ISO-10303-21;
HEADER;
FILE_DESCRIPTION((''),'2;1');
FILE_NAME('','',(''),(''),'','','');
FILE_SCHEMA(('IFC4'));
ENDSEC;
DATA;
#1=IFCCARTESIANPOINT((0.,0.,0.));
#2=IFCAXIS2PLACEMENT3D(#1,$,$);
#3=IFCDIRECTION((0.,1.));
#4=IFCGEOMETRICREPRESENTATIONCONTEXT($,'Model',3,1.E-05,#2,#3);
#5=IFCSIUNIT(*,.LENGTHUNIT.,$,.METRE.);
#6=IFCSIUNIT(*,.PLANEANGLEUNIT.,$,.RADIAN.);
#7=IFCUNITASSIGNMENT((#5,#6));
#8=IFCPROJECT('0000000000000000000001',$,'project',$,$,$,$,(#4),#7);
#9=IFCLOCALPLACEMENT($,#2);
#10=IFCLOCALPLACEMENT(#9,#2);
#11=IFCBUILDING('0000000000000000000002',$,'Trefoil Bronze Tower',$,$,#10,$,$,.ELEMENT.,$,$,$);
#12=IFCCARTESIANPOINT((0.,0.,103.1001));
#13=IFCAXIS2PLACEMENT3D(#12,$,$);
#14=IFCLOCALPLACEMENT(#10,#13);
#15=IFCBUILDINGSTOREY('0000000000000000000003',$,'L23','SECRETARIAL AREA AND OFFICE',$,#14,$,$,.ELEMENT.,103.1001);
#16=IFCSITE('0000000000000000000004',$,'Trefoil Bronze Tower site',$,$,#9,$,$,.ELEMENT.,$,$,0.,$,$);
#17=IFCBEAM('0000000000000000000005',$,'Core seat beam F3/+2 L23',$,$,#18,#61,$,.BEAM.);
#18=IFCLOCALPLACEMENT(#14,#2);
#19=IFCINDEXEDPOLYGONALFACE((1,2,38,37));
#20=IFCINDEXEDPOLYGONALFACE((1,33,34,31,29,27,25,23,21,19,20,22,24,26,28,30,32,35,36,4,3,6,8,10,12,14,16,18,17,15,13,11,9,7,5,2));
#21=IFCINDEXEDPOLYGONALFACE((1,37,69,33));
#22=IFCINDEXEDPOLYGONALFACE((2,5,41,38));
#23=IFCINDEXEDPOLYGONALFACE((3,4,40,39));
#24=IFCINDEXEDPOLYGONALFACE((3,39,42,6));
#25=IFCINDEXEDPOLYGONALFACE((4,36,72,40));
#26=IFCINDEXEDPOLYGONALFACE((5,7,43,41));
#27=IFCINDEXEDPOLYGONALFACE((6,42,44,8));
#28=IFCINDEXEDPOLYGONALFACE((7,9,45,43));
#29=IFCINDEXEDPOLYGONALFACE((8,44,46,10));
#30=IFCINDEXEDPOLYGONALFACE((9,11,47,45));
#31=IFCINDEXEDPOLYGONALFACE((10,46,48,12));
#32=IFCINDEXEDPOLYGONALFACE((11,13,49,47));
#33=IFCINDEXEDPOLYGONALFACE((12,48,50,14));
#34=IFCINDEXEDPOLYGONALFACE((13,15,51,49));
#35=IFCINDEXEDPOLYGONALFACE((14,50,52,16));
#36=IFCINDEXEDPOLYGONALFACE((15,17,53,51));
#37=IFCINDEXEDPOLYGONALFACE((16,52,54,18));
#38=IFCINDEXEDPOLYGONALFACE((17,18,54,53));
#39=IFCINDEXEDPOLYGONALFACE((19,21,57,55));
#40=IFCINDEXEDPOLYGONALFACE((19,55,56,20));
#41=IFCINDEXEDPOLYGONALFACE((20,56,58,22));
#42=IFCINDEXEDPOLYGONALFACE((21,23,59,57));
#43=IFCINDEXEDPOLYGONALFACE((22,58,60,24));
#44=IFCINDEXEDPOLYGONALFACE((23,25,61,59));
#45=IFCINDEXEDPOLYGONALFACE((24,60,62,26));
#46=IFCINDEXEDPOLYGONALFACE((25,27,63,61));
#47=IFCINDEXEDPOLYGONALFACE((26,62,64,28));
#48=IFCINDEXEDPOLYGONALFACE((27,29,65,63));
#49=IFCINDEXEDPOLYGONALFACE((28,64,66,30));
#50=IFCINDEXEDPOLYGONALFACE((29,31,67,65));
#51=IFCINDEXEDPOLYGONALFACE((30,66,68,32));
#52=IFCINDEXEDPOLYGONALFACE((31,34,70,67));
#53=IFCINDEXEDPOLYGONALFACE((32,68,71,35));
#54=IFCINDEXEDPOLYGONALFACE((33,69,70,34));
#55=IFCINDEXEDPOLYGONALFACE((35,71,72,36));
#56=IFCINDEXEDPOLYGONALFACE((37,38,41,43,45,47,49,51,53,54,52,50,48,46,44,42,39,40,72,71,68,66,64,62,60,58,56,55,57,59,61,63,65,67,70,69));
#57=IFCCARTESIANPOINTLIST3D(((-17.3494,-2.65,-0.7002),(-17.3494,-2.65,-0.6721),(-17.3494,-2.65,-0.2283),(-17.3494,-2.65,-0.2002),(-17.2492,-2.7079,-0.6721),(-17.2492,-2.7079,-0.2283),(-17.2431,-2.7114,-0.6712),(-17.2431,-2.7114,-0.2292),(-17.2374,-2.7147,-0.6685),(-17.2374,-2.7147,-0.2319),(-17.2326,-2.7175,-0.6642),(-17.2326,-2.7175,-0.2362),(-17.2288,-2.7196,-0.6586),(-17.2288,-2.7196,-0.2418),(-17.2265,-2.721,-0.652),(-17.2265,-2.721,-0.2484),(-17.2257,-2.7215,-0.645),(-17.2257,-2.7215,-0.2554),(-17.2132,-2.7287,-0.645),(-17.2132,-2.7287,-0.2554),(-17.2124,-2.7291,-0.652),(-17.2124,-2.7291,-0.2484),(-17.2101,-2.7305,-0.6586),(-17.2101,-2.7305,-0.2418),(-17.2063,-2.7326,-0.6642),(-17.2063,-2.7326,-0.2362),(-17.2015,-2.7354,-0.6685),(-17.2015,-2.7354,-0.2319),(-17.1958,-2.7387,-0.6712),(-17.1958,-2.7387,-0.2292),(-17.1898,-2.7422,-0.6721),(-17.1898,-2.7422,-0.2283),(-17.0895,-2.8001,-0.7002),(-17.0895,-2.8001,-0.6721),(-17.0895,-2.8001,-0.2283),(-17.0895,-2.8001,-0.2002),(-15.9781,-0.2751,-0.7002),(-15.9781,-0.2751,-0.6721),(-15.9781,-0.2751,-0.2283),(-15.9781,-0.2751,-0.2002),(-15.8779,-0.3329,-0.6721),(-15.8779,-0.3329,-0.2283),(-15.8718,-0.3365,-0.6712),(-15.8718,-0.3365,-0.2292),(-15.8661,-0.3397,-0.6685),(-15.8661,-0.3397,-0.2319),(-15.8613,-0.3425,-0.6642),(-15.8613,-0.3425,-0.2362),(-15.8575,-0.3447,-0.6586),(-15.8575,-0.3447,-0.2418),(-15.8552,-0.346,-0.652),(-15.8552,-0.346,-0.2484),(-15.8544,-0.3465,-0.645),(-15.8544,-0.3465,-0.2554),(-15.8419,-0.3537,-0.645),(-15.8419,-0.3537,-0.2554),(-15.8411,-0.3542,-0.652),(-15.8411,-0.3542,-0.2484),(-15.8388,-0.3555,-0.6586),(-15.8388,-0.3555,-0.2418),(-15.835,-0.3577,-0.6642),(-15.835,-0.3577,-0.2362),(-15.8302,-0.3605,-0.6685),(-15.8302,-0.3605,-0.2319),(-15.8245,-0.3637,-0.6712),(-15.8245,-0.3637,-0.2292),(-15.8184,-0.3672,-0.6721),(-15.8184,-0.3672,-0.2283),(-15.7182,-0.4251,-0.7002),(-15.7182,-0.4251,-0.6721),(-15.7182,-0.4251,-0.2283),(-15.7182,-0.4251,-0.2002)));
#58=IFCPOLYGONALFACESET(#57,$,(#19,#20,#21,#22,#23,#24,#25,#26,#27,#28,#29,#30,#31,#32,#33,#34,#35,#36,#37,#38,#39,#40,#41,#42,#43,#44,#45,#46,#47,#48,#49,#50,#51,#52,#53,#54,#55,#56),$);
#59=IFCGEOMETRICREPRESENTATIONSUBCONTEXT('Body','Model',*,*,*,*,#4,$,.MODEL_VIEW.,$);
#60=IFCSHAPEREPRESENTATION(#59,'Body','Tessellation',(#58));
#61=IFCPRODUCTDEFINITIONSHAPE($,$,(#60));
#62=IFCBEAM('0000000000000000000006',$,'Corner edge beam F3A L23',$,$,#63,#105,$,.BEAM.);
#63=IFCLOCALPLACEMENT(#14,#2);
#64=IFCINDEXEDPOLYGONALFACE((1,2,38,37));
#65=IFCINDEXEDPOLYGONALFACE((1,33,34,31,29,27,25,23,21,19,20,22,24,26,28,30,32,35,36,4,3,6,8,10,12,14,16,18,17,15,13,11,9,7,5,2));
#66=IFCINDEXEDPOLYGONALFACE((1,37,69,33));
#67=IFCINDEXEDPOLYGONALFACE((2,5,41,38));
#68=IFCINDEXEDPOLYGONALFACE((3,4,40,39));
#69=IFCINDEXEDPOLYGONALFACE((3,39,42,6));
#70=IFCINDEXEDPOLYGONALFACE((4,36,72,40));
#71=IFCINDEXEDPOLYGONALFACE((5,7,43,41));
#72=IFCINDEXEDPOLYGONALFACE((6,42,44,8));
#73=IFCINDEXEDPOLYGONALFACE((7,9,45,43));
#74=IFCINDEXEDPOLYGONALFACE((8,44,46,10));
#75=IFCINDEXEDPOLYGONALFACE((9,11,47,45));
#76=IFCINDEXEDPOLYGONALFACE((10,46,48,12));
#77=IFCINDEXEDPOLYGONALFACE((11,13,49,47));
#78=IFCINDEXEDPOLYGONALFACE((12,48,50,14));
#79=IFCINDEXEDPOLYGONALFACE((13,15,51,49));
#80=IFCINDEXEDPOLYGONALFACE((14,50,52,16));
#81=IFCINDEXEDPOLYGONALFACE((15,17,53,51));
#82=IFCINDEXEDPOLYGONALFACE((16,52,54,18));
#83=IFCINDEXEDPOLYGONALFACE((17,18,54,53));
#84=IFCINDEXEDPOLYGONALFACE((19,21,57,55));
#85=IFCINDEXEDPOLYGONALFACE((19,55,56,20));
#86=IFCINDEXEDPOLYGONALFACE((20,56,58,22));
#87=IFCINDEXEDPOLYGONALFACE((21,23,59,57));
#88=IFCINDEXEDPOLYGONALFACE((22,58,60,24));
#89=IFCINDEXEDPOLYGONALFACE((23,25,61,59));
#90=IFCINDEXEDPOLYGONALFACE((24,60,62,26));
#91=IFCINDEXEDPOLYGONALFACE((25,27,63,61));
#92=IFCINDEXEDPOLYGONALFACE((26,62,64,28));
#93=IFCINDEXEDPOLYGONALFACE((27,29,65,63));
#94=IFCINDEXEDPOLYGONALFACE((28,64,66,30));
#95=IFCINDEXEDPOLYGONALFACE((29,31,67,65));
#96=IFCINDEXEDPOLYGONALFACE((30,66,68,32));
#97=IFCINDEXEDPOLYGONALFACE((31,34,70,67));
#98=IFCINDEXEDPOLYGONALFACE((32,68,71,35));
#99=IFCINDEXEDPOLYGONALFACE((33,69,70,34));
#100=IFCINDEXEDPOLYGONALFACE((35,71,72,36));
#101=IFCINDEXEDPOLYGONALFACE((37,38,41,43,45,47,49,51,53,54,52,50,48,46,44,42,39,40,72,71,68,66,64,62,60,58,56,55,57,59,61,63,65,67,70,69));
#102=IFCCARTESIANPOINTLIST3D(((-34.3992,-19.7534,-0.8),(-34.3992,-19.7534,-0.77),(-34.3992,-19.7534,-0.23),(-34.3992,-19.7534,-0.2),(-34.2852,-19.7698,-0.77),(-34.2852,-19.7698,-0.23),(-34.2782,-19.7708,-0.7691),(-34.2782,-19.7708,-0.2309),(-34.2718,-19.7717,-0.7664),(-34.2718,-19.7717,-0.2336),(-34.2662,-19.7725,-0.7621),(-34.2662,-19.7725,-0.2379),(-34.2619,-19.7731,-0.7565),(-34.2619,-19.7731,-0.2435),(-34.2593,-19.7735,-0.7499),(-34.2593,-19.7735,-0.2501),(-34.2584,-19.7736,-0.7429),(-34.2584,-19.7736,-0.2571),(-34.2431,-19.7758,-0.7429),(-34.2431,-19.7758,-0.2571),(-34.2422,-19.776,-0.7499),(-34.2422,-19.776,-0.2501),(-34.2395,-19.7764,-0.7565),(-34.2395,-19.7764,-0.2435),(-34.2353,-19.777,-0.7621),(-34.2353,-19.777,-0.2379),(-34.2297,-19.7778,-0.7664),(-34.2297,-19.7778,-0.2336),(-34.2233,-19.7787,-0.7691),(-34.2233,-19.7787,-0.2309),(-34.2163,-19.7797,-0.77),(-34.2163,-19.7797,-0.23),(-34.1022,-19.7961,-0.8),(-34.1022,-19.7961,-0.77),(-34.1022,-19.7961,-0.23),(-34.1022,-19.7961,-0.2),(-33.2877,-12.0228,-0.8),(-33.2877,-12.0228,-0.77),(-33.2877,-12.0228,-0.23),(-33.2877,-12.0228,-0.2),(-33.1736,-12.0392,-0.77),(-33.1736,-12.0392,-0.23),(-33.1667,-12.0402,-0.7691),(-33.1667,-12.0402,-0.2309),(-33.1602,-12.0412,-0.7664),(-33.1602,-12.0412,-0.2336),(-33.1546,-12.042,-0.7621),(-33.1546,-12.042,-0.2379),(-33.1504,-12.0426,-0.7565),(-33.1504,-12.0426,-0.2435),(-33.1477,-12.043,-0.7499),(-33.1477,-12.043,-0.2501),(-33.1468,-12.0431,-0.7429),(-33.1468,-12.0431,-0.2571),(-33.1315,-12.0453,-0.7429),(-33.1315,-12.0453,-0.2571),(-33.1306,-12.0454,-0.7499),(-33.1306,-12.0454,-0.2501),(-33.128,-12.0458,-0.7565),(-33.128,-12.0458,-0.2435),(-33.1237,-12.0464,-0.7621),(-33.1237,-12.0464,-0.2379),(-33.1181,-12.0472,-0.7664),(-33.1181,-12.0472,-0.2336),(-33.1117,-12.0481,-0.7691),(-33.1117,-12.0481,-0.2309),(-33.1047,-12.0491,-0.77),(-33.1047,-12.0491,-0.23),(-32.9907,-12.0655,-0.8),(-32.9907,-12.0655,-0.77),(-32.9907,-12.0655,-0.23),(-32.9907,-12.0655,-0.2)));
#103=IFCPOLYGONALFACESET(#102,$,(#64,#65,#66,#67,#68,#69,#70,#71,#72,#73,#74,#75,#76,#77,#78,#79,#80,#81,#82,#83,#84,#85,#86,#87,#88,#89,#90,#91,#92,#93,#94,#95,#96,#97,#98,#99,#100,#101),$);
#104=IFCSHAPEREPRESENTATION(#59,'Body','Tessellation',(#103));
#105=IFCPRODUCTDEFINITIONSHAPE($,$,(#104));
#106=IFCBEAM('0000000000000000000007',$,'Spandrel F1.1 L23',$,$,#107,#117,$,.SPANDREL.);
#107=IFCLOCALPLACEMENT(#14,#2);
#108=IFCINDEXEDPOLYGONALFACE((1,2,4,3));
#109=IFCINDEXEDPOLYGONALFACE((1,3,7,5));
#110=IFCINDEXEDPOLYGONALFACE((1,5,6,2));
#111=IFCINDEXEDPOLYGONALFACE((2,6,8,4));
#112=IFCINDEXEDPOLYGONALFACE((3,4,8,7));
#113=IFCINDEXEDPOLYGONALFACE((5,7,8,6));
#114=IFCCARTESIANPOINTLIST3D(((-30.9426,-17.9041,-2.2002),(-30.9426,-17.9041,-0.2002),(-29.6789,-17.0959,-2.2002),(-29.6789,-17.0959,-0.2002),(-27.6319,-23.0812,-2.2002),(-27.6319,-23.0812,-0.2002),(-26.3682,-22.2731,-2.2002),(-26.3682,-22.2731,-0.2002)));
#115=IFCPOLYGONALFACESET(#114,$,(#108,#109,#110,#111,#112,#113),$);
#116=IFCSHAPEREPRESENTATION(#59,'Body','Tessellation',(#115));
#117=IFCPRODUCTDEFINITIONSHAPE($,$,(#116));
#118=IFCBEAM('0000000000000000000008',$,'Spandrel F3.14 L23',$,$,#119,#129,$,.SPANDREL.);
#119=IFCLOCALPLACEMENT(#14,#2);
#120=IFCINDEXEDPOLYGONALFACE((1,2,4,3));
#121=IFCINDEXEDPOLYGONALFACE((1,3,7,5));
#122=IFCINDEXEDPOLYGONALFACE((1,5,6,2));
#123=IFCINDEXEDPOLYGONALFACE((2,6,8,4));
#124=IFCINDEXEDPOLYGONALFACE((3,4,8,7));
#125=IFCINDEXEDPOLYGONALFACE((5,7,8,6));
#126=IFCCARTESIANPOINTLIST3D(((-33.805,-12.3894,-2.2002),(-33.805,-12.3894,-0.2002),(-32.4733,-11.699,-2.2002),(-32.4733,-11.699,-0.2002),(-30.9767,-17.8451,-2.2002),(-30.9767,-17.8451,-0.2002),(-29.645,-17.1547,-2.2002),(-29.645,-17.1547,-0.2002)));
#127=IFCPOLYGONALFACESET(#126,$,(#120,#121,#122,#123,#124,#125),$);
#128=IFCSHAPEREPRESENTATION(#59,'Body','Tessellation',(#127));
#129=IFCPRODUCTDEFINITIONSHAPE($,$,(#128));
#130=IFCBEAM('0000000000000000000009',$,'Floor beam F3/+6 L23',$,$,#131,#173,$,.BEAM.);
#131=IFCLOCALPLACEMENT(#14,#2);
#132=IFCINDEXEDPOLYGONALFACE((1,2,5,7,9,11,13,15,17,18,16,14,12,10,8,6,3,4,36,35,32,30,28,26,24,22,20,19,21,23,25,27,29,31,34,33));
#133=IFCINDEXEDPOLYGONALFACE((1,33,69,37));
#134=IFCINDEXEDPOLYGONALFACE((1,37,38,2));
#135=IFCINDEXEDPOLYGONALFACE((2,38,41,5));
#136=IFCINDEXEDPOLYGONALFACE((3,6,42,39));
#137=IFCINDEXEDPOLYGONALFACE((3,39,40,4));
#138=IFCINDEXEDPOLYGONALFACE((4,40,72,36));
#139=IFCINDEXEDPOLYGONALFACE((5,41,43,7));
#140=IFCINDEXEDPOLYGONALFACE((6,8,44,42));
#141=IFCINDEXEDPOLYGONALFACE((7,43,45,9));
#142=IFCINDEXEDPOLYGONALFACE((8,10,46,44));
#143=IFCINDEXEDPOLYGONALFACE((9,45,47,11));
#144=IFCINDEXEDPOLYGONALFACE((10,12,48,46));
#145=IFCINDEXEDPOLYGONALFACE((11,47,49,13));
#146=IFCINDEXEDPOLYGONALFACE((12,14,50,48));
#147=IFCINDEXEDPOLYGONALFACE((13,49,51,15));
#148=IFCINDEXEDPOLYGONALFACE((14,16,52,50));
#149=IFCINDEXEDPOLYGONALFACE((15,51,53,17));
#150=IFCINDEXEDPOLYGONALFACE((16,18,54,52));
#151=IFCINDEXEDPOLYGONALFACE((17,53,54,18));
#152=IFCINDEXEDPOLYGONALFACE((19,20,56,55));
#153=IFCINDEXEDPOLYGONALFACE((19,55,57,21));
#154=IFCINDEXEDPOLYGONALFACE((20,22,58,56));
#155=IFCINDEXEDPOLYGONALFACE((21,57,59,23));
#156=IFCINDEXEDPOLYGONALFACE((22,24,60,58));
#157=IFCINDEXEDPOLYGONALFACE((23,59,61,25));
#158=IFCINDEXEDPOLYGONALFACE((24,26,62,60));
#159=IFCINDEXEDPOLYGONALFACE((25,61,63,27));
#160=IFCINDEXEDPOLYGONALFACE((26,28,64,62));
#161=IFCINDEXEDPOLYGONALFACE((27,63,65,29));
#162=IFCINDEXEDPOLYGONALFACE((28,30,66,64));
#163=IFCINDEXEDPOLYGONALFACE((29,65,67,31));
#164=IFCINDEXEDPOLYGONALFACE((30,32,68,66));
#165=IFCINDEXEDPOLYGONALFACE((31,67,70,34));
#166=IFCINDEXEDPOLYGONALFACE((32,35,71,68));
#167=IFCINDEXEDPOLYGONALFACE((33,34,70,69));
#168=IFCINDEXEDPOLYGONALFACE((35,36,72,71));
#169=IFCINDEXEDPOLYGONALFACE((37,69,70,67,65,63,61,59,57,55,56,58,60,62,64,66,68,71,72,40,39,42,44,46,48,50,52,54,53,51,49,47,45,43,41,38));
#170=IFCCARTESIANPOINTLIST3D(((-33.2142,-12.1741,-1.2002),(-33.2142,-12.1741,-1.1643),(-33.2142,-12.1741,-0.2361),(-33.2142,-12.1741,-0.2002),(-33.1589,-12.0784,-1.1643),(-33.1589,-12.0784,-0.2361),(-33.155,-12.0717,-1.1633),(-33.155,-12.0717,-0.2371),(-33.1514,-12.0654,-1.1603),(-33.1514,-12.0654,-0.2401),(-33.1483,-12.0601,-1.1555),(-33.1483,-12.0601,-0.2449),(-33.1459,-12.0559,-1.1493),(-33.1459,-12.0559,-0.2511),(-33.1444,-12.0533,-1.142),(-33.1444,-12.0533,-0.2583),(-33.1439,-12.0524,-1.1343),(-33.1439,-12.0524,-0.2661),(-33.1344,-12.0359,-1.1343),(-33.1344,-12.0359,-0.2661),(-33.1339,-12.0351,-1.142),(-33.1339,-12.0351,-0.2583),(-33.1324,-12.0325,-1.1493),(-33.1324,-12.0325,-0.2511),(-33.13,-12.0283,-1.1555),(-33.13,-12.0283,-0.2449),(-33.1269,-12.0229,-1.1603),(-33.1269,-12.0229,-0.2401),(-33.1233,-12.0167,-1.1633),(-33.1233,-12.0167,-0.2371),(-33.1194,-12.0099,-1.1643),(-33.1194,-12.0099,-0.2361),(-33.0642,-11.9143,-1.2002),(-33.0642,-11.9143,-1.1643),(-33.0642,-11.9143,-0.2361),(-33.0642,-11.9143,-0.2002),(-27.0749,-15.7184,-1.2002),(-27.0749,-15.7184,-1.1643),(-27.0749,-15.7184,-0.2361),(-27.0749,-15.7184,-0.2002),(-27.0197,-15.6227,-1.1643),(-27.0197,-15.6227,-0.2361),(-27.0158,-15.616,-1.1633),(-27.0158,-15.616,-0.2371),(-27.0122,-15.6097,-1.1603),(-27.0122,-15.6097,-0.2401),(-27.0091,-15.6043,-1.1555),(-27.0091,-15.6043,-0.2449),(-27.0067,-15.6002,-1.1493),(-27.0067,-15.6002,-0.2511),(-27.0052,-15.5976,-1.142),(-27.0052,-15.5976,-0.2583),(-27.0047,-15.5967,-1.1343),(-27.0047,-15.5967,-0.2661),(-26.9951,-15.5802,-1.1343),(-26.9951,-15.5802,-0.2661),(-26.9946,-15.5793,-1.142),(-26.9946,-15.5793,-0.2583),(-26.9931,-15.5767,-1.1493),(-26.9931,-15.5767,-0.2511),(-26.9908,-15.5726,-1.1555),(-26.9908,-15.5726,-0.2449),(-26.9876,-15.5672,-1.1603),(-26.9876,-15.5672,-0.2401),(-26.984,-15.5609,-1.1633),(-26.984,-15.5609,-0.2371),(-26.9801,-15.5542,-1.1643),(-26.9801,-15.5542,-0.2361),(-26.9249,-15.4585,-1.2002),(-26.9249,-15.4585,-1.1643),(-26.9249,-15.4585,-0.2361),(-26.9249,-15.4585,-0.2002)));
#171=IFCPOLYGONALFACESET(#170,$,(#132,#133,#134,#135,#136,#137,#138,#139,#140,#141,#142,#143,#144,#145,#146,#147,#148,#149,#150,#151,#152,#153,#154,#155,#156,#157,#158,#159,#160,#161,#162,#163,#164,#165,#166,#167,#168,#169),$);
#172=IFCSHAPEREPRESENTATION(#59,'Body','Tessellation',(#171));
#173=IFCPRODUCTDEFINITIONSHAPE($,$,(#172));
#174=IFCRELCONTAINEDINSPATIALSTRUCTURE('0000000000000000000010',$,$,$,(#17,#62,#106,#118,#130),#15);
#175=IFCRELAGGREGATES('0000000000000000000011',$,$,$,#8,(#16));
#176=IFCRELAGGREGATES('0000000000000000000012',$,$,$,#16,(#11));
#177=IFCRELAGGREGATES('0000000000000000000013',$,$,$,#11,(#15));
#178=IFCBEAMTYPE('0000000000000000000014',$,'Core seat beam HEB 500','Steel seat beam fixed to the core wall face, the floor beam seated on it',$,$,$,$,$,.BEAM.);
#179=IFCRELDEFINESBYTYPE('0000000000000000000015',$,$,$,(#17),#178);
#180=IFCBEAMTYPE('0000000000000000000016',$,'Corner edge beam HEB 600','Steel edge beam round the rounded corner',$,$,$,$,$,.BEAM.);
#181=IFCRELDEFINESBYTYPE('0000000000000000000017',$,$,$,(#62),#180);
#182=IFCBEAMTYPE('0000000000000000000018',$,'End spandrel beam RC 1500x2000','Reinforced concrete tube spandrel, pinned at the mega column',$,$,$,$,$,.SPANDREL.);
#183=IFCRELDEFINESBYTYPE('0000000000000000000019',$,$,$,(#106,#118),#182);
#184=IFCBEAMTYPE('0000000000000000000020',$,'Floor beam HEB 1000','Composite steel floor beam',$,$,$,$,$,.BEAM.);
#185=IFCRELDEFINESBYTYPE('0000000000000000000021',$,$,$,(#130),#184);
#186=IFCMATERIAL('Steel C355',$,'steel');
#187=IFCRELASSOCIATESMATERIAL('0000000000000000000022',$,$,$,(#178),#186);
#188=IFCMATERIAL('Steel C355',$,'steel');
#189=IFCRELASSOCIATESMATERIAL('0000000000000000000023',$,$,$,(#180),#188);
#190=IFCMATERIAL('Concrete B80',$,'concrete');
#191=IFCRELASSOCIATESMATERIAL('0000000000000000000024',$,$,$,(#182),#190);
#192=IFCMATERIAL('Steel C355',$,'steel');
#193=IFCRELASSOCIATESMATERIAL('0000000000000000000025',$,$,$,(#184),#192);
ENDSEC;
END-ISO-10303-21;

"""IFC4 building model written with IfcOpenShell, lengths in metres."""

from ifc_helpers import new_model, si_unit, direction, frame, origin, origin_2d, place, context, subcontext, project, spatial, rectangle, i_section, extrude, material, material_profile, profile_set, type_object, element, save


model = new_model("IFC4")

# Units and contexts
model_context = context("Model", 3, precision=1e-05, world=origin(), true_north=direction((0.0, 1.0)))
body_context = subcontext(model_context, "Body", "Model", "MODEL_VIEW")
ifc_project = project(units=[si_unit("LENGTHUNIT", "METRE"), si_unit("PLANEANGLEUNIT", "RADIAN")], contexts=[model_context])

# Site, building, storey
site_placement = place(None, origin())
site = spatial("IfcSite", under=ifc_project, at=site_placement, Name="Trefoil Bronze Tower site", CompositionType="ELEMENT", RefElevation=0.0)
building_placement = place(site_placement, origin())
building = spatial("IfcBuilding", under=site, at=building_placement, Name="Trefoil Bronze Tower", CompositionType="ELEMENT")
storey_placement = place(building_placement, frame((0.0, 0.0, 103.1001)))
storey = spatial("IfcBuildingStorey", under=building, at=storey_placement, Name="L23", Description="SECRETARIAL AREA AND OFFICE", CompositionType="ELEMENT", Elevation=103.1001)

# Beams
ifc_material_1 = material(Name="Steel C355", Category="steel")
ifc_material_profile_1 = material_profile(ifc_material_1, i_section(OverallWidth=0.3, OverallDepth=0.5, WebThickness=0.0144, FlangeThickness=0.0281, FilletRadius=0.0271, at=origin_2d()), Name="HEB 500")
ifc_profile_set_1 = profile_set([ifc_material_profile_1], Name="Steel C355")
beam_type_1 = type_object("IfcBeamType", Name="Core seat beam HEB 500", Description="Steel seat beam fixed to the core wall face, the floor beam seated on it", PredefinedType="BEAM", material=ifc_profile_set_1)
beam_1_placement = place(storey_placement, frame((-15.8481, -0.3501, -0.4502), z_axis=(-0.500036, -0.866005, 0.0), x_axis=(0.866005, -0.500036, 0.0)))
element("IfcBeam", 1, at=beam_1_placement, inside=storey, type_object=beam_type_1, Name="Core seat beam F3/+2 L23", PredefinedType="BEAM", context=body_context, shape_type="SweptSolid", body=[
    extrude(i_section(OverallWidth=0.3, OverallDepth=0.5, WebThickness=0.0144, FlangeThickness=0.0281, FilletRadius=0.0271, at=origin_2d()), origin(), (0.0, 0.0, 1.0), 2.7424),
])
ifc_material_2 = material(Name="Steel C355", Category="steel")
ifc_material_profile_2 = material_profile(ifc_material_2, i_section(OverallWidth=0.3, OverallDepth=0.6001, WebThickness=0.0154, FlangeThickness=0.03, FilletRadius=0.0271, at=origin_2d()), Name="HEB 600")
ifc_profile_set_2 = profile_set([ifc_material_profile_2], Name="Steel C355")
beam_type_2 = type_object("IfcBeamType", Name="Corner edge beam HEB 600", Description="Steel edge beam round the rounded corner", PredefinedType="BEAM", material=ifc_profile_set_2)
beam_2_placement = place(storey_placement, frame((-33.1392, -12.0442, -0.5), z_axis=(-0.142327, -0.98982, 0.0), x_axis=(0.98982, -0.142327, 0.0)))
element("IfcBeam", 2, at=beam_2_placement, inside=storey, type_object=beam_type_2, Name="Corner edge beam F3A L23", PredefinedType="BEAM", context=body_context, shape_type="SweptSolid", body=[
    extrude(i_section(OverallWidth=0.3, OverallDepth=0.6001, WebThickness=0.0154, FlangeThickness=0.03, FilletRadius=0.0271, at=origin_2d()), origin(), (0.0, 0.0, 1.0), 7.8101),
])
ifc_material_3 = material(Name="Concrete B80", Category="concrete")
ifc_material_profile_3 = material_profile(ifc_material_3, rectangle(XDim=1.5, YDim=2.0, at=origin_2d()), Name="RC 1500x2000")
ifc_profile_set_3 = profile_set([ifc_material_profile_3], Name="Concrete B80")
beam_type_3 = type_object("IfcBeamType", Name="End spandrel beam RC 1500x2000", Description="Reinforced concrete tube spandrel, pinned at the mega column", PredefinedType="SPANDREL", material=ifc_profile_set_3)
for number, where, z_axis, x_axis, name in (
    (3, (-30.3108, -17.5, -1.2002), (0.538748, -0.842467, 0.0), (0.842467, 0.538748, 0.0), "Spandrel F1.1 L23"),
    (4, (-33.1392, -12.0442, -1.2002), (0.460244, -0.887792, 0.0), (0.887792, 0.460244, 0.0), "Spandrel F3.14 L23"),
):
    element("IfcBeam", number, at=place(storey_placement, frame(where, z_axis=z_axis, x_axis=x_axis)), inside=storey, type_object=beam_type_3, Name=name, PredefinedType="SPANDREL", context=body_context, shape_type="SweptSolid", body=[
        extrude(rectangle(XDim=1.5, YDim=2.0, at=origin_2d()), origin(), (0.0, 0.0, 1.0), 6.1453),
    ])
ifc_material_4 = material(Name="Steel C355", Category="steel")
ifc_material_profile_4 = material_profile(ifc_material_4, i_section(OverallWidth=0.3, OverallDepth=1.0, WebThickness=0.019, FlangeThickness=0.0359, FilletRadius=0.03, at=origin_2d()), Name="HEB 1000")
ifc_profile_set_4 = profile_set([ifc_material_profile_4], Name="Steel C355")
beam_type_4 = type_object("IfcBeamType", Name="Floor beam HEB 1000", Description="Composite steel floor beam", PredefinedType="BEAM", material=ifc_profile_set_4)
beam_3_placement = place(storey_placement, frame((-33.1392, -12.0442, -0.7002), z_axis=(0.866041, -0.499973, 0.0), x_axis=(0.499973, 0.866041, 0.0)))
element("IfcBeam", 5, at=beam_3_placement, inside=storey, type_object=beam_type_4, Name="Floor beam F3/+6 L23", PredefinedType="BEAM", context=body_context, shape_type="SweptSolid", body=[
    extrude(i_section(OverallWidth=0.3, OverallDepth=1.0, WebThickness=0.019, FlangeThickness=0.0359, FilletRadius=0.03, at=origin_2d()), origin(), (0.0, 0.0, 1.0), 7.0889),
])

save(model, "model.ifc")
